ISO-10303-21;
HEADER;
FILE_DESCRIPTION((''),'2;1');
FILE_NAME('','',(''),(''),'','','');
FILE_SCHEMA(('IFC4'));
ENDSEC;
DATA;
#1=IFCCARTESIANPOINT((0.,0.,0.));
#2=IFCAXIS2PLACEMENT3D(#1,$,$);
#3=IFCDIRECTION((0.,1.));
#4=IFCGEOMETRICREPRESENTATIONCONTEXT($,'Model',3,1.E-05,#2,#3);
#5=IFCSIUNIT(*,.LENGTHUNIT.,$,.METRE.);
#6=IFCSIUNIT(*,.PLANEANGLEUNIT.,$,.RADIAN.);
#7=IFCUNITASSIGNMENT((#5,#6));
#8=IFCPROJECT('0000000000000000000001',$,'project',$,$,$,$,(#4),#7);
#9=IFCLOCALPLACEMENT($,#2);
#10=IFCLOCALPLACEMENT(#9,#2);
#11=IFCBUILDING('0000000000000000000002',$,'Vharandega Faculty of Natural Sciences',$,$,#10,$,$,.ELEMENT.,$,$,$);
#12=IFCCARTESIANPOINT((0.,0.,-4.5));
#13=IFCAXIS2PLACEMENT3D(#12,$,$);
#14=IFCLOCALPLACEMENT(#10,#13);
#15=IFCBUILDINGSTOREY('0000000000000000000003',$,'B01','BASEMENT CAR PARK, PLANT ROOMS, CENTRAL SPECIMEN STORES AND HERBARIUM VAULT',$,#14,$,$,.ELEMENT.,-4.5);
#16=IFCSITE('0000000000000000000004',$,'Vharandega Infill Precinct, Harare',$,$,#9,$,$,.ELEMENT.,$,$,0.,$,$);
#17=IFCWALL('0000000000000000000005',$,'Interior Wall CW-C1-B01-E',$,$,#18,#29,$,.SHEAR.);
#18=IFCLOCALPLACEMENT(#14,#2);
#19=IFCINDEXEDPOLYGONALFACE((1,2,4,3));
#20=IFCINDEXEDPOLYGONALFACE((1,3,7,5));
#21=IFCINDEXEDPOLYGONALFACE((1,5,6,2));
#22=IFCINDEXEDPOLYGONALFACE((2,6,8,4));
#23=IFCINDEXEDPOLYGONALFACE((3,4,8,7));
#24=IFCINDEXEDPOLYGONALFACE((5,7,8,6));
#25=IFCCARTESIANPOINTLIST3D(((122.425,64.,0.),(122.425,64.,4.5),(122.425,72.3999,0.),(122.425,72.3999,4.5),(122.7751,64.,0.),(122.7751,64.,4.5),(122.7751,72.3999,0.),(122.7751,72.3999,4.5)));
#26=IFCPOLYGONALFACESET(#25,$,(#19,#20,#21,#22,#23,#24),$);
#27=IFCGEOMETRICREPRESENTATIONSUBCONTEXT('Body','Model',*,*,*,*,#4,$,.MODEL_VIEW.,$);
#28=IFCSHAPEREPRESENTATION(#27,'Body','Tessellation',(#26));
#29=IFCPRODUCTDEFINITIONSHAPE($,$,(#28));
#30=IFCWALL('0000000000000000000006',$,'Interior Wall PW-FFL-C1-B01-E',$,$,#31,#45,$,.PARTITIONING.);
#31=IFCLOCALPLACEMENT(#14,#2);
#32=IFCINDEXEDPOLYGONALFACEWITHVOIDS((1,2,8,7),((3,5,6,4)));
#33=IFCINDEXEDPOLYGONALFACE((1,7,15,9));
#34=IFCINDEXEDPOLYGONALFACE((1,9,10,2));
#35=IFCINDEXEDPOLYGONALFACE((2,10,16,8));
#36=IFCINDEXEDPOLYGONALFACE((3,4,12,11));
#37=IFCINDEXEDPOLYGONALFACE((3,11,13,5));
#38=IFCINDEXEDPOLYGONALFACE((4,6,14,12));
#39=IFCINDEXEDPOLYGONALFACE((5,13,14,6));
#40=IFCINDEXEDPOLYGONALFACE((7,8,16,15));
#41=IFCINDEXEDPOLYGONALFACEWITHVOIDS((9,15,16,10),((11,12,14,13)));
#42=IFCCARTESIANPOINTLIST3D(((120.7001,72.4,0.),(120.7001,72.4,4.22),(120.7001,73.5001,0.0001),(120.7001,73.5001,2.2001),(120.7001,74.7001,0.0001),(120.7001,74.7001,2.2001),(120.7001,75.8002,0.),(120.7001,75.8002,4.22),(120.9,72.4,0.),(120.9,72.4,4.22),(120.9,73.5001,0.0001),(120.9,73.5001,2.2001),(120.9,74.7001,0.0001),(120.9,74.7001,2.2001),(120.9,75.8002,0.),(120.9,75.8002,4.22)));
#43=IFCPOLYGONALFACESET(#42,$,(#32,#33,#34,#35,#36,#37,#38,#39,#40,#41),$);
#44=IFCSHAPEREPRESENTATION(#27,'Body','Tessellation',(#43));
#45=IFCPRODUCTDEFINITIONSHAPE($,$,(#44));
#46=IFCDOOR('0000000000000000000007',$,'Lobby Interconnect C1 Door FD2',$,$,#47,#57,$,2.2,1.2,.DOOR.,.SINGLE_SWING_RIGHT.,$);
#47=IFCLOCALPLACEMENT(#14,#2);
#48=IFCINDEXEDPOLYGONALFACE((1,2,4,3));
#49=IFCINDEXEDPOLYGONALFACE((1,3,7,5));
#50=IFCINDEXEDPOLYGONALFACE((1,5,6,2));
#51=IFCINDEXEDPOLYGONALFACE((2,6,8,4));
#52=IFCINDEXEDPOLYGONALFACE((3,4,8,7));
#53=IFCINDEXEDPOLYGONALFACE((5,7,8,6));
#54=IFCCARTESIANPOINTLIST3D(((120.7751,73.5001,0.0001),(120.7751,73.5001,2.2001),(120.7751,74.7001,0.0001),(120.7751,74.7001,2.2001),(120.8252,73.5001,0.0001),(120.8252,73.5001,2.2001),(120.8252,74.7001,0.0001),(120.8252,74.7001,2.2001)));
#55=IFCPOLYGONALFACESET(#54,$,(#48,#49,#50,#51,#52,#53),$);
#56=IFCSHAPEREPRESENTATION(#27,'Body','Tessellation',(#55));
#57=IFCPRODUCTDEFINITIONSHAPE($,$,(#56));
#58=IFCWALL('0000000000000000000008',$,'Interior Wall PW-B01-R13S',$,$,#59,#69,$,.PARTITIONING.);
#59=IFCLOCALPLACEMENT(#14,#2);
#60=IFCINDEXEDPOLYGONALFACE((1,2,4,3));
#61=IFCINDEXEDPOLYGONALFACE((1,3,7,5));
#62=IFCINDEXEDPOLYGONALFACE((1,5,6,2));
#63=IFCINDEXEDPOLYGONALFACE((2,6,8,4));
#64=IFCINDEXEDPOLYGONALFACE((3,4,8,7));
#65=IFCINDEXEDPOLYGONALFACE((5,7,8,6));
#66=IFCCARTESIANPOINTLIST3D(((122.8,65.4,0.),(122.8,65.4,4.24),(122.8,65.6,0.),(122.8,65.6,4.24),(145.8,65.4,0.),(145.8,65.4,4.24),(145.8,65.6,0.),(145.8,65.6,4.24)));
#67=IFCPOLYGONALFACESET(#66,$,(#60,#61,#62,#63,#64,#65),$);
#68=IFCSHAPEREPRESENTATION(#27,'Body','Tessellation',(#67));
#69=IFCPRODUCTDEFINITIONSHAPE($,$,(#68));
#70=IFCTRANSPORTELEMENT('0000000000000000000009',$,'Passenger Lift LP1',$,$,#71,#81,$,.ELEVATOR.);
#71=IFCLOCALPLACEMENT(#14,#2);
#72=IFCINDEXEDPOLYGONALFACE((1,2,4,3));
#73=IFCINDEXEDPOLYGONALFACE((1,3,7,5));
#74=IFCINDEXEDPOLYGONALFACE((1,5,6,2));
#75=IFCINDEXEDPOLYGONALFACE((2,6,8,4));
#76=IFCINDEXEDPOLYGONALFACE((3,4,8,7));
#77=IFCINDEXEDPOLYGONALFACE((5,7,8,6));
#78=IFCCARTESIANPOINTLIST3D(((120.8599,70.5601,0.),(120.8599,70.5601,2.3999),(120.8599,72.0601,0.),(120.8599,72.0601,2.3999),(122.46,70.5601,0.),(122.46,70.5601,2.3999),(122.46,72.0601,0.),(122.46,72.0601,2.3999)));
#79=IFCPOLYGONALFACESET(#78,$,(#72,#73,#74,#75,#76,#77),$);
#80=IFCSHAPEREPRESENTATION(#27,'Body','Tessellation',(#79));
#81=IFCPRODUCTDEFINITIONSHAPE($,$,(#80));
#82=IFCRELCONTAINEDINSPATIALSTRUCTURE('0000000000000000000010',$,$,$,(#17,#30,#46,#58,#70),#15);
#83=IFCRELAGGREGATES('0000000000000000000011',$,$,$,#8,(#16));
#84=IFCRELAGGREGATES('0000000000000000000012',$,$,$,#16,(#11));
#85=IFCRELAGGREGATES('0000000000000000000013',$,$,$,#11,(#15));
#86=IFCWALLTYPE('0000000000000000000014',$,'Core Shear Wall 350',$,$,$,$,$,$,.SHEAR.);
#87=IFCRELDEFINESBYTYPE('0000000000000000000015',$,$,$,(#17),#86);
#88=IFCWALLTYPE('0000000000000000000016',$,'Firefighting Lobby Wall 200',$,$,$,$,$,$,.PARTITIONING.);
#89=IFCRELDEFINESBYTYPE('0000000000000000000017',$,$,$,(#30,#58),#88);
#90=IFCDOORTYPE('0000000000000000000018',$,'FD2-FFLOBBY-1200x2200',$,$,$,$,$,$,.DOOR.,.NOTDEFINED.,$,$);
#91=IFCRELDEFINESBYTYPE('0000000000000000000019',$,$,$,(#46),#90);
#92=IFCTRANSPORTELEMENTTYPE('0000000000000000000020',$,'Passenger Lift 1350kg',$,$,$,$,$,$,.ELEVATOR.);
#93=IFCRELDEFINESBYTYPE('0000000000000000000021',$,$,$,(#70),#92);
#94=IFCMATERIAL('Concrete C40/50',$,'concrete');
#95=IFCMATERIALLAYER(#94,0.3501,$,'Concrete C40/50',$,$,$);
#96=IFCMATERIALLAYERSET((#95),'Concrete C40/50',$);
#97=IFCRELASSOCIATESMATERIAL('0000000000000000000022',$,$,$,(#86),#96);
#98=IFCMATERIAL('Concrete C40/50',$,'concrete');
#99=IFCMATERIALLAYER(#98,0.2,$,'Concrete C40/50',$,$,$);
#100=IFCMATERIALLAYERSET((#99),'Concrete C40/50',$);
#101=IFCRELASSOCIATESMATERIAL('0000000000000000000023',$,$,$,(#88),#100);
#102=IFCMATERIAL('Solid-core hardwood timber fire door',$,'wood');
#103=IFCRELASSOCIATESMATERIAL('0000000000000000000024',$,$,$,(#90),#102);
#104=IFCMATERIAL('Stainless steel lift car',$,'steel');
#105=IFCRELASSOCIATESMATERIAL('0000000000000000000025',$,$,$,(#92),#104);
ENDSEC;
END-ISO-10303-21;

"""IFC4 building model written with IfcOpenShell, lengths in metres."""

from ifc_helpers import new_model, si_unit, direction, frame, frame_2d, origin, origin_2d, place, context, subcontext, project, spatial, rectangle, extrude, material, layer, layer_set, type_object, element, fill, save


model = new_model("IFC4")

# Units and contexts
model_context = context("Model", 3, precision=1e-05, world=origin(), true_north=direction((0.0, 1.0)))
body_context = subcontext(model_context, "Body", "Model", "MODEL_VIEW")
ifc_project = project(units=[si_unit("LENGTHUNIT", "METRE"), si_unit("PLANEANGLEUNIT", "RADIAN")], contexts=[model_context])

# Site, building, storey
site_placement = place(None, origin())
site = spatial("IfcSite", under=ifc_project, at=site_placement, Name="Vharandega Infill Precinct, Harare", CompositionType="ELEMENT", RefElevation=0.0)
building_placement = place(site_placement, origin())
building = spatial("IfcBuilding", under=site, at=building_placement, Name="Vharandega Faculty of Natural Sciences", CompositionType="ELEMENT")
storey_placement = place(building_placement, frame((0.0, 0.0, -4.5)))
storey = spatial("IfcBuildingStorey", under=building, at=storey_placement, Name="B01", Description="BASEMENT CAR PARK, PLANT ROOMS, CENTRAL SPECIMEN STORES AND HERBARIUM VAULT", CompositionType="ELEMENT", Elevation=-4.5)

# Wall
ifc_material_1 = material(Name="Concrete C40/50", Category="concrete")
ifc_layer_1 = layer(ifc_material_1, 0.3501, Name="Concrete C40/50")
ifc_layer_set_1 = layer_set([ifc_layer_1], Name="Concrete C40/50")
wall_type_1 = type_object("IfcWallType", Name="Core Shear Wall 350", PredefinedType="SHEAR", material=ifc_layer_set_1)
wall_1_placement = place(storey_placement, frame((122.6001, 64.0, 0.0), z_axis=(0.0, 0.0, 1.0), x_axis=(0.0, 1.0, 0.0)))
element("IfcWall", 1, at=wall_1_placement, inside=storey, type_object=wall_type_1, Name="Interior Wall CW-C1-B01-E", PredefinedType="SHEAR", context=body_context, shape_type="SweptSolid", body=[
    extrude(rectangle(XDim=8.3999, YDim=0.3501, at=frame_2d((4.2, 0.0))), origin(), (0.0, 0.0, 1.0), 4.5),
])

# Wall, opening, door
ifc_material_2 = material(Name="Concrete C40/50", Category="concrete")
ifc_layer_2 = layer(ifc_material_2, 0.2, Name="Concrete C40/50")
ifc_layer_set_2 = layer_set([ifc_layer_2], Name="Concrete C40/50")
wall_type_2 = type_object("IfcWallType", Name="Firefighting Lobby Wall 200", PredefinedType="PARTITIONING", material=ifc_layer_set_2)
wall_2_placement = place(storey_placement, frame((120.8, 72.3999, 0.0), z_axis=(0.0, 0.0, 1.0), x_axis=(0.0, 1.0, 0.0)))
wall_2 = element("IfcWall", 2, at=wall_2_placement, inside=storey, type_object=wall_type_2, Name="Interior Wall PW-FFL-C1-B01-E", PredefinedType="PARTITIONING", context=body_context, shape_type="SweptSolid", body=[
    extrude(rectangle(XDim=3.4001, YDim=0.2, at=frame_2d((1.7002, 0.0))), origin(), (0.0, 0.0, 1.0), 4.22),
])
opening_placement = place(wall_2_placement, frame((1.1001, 0.0, 0.0)))
opening = element("IfcOpeningElement", 3, at=opening_placement, cuts=wall_2, PredefinedType="OPENING", context=body_context, shape_type="SweptSolid", body=[
    extrude(rectangle(XDim=1.2, YDim=2.2, at=frame_2d((0.6001, 1.1001))), frame((0.0, 0.1099, 0.0), z_axis=(0.0, -1.0, 0.0), x_axis=(1.0, 0.0, 0.0)), (0.0, 0.0, 1.0), 0.22),
])
ifc_material_3 = material(Name="Solid-core hardwood timber fire door", Category="wood")
door_type = type_object("IfcDoorType", Name="FD2-FFLOBBY-1200x2200", OperationType="NOTDEFINED", PredefinedType="DOOR", material=ifc_material_3)
door_placement = place(opening_placement, origin())
door = element("IfcDoor", 4, at=door_placement, inside=storey, type_object=door_type, Name="Lobby Interconnect C1 Door FD2", OperationType="SINGLE_SWING_RIGHT", OverallHeight=2.2, OverallWidth=1.2, PredefinedType="DOOR", context=body_context, shape_type="SweptSolid", body=[
    extrude(rectangle(XDim=1.2, YDim=2.2, at=frame_2d((0.6001, 1.1001))), frame((0.0, 0.0249, 0.0), z_axis=(0.0, -1.0, 0.0), x_axis=(1.0, 0.0, 0.0)), (0.0, 0.0, 1.0), 0.05),
])
fill(opening, door)

# Wall
wall_3_placement = place(storey_placement, frame((122.8, 65.5, 0.0), z_axis=(0.0, 0.0, 1.0), x_axis=(1.0, 0.0, 0.0)))
element("IfcWall", 5, at=wall_3_placement, inside=storey, type_object=wall_type_2, Name="Interior Wall PW-B01-R13S", PredefinedType="PARTITIONING", context=body_context, shape_type="SweptSolid", body=[
    extrude(rectangle(XDim=23.0, YDim=0.2, at=frame_2d((11.5, 0.0))), origin(), (0.0, 0.0, 1.0), 4.24),
])

# Transport element
ifc_material_4 = material(Name="Stainless steel lift car", Category="steel")
transport_element_type = type_object("IfcTransportElementType", Name="Passenger Lift 1350kg", PredefinedType="ELEVATOR", material=ifc_material_4)
transport_element_placement = place(storey_placement, frame((121.6599, 71.3101, 0.0), z_axis=(0.0, 0.0, 1.0), x_axis=(1.0, 0.0, 0.0)))
element("IfcTransportElement", 6, at=transport_element_placement, inside=storey, type_object=transport_element_type, Name="Passenger Lift LP1", PredefinedType="ELEVATOR", context=body_context, shape_type="SweptSolid", body=[
    extrude(rectangle(XDim=1.6001, YDim=1.5, at=origin_2d()), origin(), (0.0, 0.0, 1.0), 2.3999),
])

save(model, "model.ifc")
